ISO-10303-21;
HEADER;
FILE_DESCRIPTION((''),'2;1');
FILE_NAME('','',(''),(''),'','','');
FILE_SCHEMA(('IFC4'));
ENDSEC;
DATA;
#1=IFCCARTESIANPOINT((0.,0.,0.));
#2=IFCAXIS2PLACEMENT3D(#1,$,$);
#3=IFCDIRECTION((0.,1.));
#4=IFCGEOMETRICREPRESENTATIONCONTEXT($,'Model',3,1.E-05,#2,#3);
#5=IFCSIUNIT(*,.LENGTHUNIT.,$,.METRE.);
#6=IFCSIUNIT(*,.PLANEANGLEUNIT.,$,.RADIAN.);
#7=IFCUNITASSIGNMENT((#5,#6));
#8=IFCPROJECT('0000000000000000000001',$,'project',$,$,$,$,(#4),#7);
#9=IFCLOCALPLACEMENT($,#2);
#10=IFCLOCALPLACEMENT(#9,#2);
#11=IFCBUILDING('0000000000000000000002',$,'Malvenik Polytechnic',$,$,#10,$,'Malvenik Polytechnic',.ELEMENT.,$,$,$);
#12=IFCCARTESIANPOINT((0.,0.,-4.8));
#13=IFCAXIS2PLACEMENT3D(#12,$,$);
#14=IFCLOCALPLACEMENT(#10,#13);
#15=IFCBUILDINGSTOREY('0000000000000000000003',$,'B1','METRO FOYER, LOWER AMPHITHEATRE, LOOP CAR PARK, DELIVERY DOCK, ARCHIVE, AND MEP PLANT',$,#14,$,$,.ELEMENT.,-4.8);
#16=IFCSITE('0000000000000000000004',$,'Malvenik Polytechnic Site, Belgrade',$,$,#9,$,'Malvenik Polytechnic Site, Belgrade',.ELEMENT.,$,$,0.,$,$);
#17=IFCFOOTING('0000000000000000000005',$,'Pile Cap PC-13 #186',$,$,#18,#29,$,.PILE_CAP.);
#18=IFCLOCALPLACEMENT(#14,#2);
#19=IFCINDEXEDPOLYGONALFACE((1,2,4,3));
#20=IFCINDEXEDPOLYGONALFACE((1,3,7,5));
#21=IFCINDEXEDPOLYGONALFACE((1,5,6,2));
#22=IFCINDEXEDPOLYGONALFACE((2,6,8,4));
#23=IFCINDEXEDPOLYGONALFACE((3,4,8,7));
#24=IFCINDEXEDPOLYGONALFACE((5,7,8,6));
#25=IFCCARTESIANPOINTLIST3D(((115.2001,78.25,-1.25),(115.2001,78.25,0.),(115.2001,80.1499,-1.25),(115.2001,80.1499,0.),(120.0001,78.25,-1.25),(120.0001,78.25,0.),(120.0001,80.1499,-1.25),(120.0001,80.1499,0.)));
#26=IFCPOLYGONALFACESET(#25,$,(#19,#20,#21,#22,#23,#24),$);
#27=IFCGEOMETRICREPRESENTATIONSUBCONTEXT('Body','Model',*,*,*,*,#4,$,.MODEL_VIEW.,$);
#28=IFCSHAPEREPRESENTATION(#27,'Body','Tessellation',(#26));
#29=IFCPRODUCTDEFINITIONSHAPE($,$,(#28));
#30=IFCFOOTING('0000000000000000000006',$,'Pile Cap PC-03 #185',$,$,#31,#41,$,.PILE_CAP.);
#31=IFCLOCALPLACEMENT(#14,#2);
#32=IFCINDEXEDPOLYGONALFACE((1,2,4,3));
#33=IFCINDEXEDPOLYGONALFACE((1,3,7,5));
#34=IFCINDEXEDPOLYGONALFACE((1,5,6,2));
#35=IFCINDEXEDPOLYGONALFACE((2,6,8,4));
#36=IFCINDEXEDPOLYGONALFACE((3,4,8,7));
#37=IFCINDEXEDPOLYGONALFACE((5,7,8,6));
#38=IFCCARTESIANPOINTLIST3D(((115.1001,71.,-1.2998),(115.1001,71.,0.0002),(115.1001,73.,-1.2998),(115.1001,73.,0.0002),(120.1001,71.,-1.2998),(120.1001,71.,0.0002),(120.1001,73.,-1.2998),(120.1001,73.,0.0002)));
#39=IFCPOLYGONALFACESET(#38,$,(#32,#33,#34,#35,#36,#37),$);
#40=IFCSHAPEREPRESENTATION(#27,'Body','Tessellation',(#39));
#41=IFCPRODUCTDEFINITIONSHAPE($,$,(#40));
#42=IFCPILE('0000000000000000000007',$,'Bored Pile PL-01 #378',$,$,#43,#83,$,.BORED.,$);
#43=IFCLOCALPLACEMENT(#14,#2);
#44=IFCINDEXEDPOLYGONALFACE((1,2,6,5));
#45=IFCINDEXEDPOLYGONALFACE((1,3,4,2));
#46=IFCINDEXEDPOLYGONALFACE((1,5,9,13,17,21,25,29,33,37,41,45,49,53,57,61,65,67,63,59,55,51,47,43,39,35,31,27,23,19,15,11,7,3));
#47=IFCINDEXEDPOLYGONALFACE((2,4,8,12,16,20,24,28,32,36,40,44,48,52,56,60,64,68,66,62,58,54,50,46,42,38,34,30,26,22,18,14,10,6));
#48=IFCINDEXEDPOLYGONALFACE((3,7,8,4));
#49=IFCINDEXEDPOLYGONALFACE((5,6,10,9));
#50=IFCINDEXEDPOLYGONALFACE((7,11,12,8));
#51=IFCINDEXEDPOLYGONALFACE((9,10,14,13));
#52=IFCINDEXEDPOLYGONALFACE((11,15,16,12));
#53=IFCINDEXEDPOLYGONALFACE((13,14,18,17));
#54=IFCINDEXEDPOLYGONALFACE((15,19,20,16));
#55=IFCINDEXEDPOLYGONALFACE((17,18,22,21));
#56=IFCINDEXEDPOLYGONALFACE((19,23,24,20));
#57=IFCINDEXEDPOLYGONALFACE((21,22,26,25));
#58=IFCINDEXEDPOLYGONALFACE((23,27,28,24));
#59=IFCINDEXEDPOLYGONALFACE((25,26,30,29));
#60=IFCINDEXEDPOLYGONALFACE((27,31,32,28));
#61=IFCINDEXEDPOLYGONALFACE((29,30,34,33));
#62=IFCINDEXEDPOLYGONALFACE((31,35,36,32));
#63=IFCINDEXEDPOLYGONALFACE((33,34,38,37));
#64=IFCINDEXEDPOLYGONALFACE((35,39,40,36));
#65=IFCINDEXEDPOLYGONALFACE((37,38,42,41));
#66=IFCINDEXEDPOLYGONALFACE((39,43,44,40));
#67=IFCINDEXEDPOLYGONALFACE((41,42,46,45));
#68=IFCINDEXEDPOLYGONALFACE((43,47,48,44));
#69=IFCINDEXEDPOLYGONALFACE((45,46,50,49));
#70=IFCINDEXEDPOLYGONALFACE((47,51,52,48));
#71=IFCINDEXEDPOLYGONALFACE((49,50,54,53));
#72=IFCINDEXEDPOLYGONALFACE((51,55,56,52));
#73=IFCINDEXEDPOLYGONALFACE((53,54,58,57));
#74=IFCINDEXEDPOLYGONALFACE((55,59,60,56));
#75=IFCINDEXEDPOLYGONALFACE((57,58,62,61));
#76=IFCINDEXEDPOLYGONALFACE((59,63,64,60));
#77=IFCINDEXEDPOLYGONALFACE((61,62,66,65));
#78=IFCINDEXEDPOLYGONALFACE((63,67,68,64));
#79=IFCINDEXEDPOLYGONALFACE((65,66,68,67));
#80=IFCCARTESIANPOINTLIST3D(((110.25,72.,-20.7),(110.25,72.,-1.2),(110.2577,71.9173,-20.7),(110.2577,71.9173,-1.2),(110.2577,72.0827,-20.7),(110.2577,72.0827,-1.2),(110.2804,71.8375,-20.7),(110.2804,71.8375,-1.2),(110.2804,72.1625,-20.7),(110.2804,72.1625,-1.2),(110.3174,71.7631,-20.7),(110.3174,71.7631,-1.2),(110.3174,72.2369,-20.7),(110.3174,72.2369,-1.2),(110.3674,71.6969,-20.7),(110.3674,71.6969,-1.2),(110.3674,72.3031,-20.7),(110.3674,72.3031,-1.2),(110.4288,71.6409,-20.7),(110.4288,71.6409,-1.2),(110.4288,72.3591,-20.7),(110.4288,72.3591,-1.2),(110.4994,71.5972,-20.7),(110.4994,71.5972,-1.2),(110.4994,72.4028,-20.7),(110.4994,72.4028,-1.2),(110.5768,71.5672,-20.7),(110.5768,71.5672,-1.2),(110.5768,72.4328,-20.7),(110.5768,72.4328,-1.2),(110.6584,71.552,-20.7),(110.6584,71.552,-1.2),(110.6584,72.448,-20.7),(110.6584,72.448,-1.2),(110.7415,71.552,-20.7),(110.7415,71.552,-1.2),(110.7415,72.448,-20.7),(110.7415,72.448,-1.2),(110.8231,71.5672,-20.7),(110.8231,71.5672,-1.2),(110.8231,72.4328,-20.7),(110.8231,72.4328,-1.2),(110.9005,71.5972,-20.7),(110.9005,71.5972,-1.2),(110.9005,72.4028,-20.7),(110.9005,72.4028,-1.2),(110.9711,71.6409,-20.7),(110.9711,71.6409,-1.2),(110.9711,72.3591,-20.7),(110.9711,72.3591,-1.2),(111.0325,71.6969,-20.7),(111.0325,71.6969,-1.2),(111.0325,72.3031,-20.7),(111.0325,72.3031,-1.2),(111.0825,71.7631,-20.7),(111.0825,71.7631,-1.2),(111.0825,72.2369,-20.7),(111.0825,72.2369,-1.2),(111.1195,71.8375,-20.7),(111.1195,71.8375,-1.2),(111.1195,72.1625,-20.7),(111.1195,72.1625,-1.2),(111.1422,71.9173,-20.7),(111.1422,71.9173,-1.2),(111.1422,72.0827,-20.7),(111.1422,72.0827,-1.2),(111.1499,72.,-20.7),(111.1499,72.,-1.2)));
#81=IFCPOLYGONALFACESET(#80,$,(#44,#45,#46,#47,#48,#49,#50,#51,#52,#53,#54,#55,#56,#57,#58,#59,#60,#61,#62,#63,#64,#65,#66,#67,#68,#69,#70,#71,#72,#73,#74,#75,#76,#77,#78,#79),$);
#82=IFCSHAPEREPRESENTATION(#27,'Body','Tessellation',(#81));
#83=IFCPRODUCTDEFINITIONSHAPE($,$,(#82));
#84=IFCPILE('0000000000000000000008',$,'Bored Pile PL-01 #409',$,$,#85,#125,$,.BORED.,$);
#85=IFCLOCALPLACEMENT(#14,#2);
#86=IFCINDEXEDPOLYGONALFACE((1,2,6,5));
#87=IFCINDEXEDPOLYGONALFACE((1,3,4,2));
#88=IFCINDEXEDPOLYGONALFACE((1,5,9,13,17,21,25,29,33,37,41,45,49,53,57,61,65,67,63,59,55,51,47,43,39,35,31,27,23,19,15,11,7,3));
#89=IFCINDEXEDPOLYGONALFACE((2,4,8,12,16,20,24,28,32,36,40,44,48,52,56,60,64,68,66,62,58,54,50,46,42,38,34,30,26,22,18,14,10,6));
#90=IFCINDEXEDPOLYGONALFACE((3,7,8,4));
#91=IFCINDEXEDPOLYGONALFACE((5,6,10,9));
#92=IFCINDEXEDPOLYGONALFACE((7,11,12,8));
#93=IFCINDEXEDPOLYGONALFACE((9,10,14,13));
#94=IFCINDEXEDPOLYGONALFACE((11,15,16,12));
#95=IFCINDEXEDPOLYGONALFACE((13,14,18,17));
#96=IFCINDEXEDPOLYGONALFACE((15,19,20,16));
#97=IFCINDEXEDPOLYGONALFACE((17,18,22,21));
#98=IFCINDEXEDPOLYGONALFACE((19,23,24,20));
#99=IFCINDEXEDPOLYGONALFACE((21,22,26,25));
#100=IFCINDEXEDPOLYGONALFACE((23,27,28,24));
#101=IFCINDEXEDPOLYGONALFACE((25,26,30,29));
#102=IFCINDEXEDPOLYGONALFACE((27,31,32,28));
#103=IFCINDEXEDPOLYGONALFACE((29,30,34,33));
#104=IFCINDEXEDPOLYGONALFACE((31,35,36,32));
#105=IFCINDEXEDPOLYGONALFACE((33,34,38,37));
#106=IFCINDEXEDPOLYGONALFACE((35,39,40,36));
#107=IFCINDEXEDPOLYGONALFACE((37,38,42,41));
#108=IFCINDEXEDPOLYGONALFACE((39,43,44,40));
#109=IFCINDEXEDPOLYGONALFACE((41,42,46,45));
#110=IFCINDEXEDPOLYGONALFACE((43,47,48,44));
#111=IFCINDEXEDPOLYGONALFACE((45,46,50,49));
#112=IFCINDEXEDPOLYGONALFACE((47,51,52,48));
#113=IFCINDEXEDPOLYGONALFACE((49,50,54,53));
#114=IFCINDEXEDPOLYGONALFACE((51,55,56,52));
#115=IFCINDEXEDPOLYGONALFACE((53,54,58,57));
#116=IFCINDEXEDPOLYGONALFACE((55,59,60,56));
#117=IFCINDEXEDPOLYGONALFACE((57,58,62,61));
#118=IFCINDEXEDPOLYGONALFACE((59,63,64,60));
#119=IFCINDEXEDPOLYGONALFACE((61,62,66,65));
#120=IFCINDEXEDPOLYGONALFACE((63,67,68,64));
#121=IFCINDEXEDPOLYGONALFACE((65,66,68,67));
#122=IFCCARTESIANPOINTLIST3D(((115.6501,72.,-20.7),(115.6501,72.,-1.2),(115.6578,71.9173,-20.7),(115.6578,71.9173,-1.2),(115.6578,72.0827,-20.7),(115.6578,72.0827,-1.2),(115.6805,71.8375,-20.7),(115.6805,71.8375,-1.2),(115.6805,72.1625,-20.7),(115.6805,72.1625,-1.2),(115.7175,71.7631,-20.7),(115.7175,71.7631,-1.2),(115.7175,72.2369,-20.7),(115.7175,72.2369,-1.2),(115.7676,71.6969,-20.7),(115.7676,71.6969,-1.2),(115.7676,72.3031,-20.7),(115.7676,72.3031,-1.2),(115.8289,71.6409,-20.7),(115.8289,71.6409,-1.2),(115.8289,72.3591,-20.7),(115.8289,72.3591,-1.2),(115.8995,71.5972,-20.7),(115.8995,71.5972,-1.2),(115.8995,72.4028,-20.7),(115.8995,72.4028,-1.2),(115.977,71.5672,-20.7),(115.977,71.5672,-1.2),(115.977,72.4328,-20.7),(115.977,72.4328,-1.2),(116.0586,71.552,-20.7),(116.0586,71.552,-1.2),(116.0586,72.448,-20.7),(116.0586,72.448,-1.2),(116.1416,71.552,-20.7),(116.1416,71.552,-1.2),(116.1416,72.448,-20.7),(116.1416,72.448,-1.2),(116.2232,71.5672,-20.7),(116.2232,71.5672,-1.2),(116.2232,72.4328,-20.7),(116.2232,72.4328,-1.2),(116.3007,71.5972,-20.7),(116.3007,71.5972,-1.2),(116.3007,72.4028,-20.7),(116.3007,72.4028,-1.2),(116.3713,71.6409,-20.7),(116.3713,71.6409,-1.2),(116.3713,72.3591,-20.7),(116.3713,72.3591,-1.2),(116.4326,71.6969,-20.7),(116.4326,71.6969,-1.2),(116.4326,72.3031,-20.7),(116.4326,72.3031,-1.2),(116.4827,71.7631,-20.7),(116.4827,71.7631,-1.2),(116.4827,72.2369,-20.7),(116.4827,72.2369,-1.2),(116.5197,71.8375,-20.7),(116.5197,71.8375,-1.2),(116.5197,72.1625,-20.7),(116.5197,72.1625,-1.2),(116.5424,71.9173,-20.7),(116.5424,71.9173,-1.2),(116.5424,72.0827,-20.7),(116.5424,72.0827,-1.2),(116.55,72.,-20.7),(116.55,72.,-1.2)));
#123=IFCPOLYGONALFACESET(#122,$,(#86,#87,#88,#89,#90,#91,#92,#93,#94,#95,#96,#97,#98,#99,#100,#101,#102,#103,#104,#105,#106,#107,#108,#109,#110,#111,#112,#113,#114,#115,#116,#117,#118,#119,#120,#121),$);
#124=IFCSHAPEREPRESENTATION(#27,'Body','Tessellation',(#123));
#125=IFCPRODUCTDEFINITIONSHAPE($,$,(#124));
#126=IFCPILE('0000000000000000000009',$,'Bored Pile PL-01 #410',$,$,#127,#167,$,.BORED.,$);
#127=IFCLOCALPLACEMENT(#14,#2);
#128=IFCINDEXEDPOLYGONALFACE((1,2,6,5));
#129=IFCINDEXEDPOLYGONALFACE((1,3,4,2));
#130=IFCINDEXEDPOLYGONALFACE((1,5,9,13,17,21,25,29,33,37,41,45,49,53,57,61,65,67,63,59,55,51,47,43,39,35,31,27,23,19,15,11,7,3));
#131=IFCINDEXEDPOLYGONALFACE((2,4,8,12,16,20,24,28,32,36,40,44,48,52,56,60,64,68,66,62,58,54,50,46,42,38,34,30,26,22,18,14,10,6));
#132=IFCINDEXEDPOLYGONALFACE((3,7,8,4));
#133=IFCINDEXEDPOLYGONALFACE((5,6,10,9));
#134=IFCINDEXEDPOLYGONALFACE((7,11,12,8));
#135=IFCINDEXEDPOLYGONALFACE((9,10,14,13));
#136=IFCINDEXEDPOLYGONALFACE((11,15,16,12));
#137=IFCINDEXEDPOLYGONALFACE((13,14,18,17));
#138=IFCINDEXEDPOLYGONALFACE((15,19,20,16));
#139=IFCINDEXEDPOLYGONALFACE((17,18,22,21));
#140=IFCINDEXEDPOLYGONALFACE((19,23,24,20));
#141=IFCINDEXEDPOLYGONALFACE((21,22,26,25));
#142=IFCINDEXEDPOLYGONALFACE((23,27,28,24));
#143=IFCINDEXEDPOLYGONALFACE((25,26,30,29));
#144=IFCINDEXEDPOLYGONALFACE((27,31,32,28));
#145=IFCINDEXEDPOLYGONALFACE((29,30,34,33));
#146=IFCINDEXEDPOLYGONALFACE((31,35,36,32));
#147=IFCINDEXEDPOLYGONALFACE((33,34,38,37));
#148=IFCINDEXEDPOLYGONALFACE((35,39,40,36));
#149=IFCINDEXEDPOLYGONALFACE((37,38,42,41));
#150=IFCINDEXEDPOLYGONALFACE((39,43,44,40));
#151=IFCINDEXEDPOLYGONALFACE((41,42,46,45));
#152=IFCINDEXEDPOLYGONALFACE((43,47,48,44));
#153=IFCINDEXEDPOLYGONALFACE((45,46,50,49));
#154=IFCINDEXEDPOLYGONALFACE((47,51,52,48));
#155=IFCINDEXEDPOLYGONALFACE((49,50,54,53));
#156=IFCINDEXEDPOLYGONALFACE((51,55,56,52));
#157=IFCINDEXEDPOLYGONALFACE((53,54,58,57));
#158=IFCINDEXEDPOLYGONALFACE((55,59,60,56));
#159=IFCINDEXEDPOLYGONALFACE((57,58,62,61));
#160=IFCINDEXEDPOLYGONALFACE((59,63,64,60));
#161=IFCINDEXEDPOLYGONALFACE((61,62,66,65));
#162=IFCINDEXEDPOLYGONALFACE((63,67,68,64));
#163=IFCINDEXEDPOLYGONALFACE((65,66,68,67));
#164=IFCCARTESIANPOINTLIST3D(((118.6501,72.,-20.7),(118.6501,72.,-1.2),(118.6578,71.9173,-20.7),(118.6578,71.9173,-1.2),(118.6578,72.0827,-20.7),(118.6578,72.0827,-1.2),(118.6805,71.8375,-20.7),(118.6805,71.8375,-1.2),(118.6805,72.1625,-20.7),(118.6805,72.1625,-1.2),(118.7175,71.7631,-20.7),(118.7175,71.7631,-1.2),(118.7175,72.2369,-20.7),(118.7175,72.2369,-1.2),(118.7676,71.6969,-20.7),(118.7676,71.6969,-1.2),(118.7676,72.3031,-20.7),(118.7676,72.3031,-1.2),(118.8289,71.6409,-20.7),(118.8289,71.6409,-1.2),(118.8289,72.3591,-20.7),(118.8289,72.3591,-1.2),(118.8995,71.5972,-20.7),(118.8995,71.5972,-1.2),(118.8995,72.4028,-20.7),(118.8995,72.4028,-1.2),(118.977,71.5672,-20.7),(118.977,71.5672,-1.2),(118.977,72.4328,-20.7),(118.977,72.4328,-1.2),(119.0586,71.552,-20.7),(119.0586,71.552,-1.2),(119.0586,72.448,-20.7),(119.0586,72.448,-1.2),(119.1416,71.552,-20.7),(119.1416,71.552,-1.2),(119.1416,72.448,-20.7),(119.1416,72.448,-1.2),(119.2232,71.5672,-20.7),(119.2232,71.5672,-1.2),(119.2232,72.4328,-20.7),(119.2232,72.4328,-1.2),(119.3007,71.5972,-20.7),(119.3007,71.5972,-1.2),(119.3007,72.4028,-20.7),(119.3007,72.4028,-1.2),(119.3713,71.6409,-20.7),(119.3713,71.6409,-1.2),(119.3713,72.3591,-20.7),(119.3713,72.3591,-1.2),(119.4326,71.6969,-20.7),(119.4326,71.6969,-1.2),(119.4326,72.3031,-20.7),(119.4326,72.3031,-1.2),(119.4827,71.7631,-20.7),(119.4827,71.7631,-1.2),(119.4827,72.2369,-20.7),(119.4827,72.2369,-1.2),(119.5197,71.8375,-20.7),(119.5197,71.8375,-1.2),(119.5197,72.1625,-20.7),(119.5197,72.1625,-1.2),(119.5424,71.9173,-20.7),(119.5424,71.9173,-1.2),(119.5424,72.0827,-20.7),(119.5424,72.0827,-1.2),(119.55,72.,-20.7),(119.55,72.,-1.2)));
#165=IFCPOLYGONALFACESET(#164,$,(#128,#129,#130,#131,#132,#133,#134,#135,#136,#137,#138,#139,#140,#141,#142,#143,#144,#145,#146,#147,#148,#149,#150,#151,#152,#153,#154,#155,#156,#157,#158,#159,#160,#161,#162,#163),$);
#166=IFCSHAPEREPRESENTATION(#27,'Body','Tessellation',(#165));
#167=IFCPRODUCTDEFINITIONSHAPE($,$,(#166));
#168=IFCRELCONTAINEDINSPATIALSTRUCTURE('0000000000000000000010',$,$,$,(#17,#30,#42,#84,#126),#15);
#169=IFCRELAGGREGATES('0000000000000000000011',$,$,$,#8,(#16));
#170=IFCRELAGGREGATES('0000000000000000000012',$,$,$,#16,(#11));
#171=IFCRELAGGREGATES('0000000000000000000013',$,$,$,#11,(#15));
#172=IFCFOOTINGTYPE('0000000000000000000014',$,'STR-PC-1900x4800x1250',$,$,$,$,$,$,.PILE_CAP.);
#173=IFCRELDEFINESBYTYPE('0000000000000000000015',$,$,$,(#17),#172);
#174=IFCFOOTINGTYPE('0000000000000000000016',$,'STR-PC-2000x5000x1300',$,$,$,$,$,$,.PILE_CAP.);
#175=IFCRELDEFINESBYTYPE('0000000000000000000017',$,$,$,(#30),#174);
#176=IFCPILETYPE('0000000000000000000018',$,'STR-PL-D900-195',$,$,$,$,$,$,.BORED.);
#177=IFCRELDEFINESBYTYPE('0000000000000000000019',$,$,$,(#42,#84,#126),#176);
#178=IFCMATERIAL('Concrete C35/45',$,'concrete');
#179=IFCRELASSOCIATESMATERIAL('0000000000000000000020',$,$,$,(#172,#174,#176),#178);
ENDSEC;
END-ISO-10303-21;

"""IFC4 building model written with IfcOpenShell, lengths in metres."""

from ifc_helpers import new_model, si_unit, direction, frame, origin, origin_2d, place, context, subcontext, project, spatial, rectangle, circle, extrude, material, material_profile, profile_set, type_object, element, save


model = new_model("IFC4")

# Units and contexts
model_context = context("Model", 3, precision=1e-05, world=origin(), true_north=direction((0.0, 1.0)))
body_context = subcontext(model_context, "Body", "Model", "MODEL_VIEW")
ifc_project = project(units=[si_unit("LENGTHUNIT", "METRE"), si_unit("PLANEANGLEUNIT", "RADIAN")], contexts=[model_context])

# Site, building, storey
site_placement = place(None, origin())
site = spatial("IfcSite", under=ifc_project, at=site_placement, Name="Malvenik Polytechnic Site, Belgrade", LongName="Malvenik Polytechnic Site, Belgrade", CompositionType="ELEMENT", RefElevation=0.0)
building_placement = place(site_placement, origin())
building = spatial("IfcBuilding", under=site, at=building_placement, Name="Malvenik Polytechnic", LongName="Malvenik Polytechnic", CompositionType="ELEMENT")
storey_placement = place(building_placement, frame((0.0, 0.0, -4.8)))
storey = spatial("IfcBuildingStorey", under=building, at=storey_placement, Name="B1", Description="METRO FOYER, LOWER AMPHITHEATRE, LOOP CAR PARK, DELIVERY DOCK, ARCHIVE, AND MEP PLANT", CompositionType="ELEMENT", Elevation=-4.8)

# Footings
ifc_material_1 = material(Name="Concrete C35/45", Category="concrete")
footing_type_1 = type_object("IfcFootingType", Name="STR-PC-1900x4800x1250", PredefinedType="PILE_CAP", material=ifc_material_1)
footing_1_placement = place(storey_placement, frame((117.6001, 79.2, -1.25), z_axis=(0.0, 0.0, 1.0), x_axis=(1.0, 0.0, 0.0)))
element("IfcFooting", 1, at=footing_1_placement, inside=storey, type_object=footing_type_1, Name="Pile Cap PC-13 #186", PredefinedType="PILE_CAP", context=body_context, shape_type="SweptSolid", body=[
    extrude(rectangle(XDim=4.8, YDim=1.8999, at=origin_2d()), origin(), (0.0, 0.0, 1.0), 1.25),
])
footing_type_2 = type_object("IfcFootingType", Name="STR-PC-2000x5000x1300", PredefinedType="PILE_CAP", material=ifc_material_1)
footing_2_placement = place(storey_placement, frame((117.6001, 72.0, -1.2998), z_axis=(0.0, 0.0, 1.0), x_axis=(1.0, 0.0, 0.0)))
element("IfcFooting", 2, at=footing_2_placement, inside=storey, type_object=footing_type_2, Name="Pile Cap PC-03 #185", PredefinedType="PILE_CAP", context=body_context, shape_type="SweptSolid", body=[
    extrude(rectangle(XDim=5.0, YDim=2.0, at=origin_2d()), origin(), (0.0, 0.0, 1.0), 1.3),
])

# Piles
ifc_material_profile_1 = material_profile(ifc_material_1, circle(Radius=0.45, at=origin_2d()), Name="BORED PILE D900")
ifc_profile_set_1 = profile_set([ifc_material_profile_1], Name="Concrete C35/45")
pile_type_1 = type_object("IfcPileType", Name="STR-PL-D900-195", PredefinedType="BORED", material=ifc_profile_set_1)
for number, where, z_axis, x_axis, name in (
    (3, (110.7, 72.0, -1.2), (0.0, 0.0, -1.0), (1.0, 0.0, 0.0), "Bored Pile PL-01 #378"),
    (4, (116.1001, 72.0, -1.2), (0.0, 0.0, -1.0), (1.0, 0.0, 0.0), "Bored Pile PL-01 #409"),
    (5, (119.1001, 72.0, -1.2), (0.0, 0.0, -1.0), (1.0, 0.0, 0.0), "Bored Pile PL-01 #410"),
):
    element("IfcPile", number, at=place(storey_placement, frame(where, z_axis=z_axis, x_axis=x_axis)), inside=storey, type_object=pile_type_1, Name=name, PredefinedType="BORED", context=body_context, shape_type="SweptSolid", body=[
        extrude(circle(Radius=0.45, at=origin_2d()), origin(), (0.0, 0.0, 1.0), 19.5),
    ])

save(model, "model.ifc")
